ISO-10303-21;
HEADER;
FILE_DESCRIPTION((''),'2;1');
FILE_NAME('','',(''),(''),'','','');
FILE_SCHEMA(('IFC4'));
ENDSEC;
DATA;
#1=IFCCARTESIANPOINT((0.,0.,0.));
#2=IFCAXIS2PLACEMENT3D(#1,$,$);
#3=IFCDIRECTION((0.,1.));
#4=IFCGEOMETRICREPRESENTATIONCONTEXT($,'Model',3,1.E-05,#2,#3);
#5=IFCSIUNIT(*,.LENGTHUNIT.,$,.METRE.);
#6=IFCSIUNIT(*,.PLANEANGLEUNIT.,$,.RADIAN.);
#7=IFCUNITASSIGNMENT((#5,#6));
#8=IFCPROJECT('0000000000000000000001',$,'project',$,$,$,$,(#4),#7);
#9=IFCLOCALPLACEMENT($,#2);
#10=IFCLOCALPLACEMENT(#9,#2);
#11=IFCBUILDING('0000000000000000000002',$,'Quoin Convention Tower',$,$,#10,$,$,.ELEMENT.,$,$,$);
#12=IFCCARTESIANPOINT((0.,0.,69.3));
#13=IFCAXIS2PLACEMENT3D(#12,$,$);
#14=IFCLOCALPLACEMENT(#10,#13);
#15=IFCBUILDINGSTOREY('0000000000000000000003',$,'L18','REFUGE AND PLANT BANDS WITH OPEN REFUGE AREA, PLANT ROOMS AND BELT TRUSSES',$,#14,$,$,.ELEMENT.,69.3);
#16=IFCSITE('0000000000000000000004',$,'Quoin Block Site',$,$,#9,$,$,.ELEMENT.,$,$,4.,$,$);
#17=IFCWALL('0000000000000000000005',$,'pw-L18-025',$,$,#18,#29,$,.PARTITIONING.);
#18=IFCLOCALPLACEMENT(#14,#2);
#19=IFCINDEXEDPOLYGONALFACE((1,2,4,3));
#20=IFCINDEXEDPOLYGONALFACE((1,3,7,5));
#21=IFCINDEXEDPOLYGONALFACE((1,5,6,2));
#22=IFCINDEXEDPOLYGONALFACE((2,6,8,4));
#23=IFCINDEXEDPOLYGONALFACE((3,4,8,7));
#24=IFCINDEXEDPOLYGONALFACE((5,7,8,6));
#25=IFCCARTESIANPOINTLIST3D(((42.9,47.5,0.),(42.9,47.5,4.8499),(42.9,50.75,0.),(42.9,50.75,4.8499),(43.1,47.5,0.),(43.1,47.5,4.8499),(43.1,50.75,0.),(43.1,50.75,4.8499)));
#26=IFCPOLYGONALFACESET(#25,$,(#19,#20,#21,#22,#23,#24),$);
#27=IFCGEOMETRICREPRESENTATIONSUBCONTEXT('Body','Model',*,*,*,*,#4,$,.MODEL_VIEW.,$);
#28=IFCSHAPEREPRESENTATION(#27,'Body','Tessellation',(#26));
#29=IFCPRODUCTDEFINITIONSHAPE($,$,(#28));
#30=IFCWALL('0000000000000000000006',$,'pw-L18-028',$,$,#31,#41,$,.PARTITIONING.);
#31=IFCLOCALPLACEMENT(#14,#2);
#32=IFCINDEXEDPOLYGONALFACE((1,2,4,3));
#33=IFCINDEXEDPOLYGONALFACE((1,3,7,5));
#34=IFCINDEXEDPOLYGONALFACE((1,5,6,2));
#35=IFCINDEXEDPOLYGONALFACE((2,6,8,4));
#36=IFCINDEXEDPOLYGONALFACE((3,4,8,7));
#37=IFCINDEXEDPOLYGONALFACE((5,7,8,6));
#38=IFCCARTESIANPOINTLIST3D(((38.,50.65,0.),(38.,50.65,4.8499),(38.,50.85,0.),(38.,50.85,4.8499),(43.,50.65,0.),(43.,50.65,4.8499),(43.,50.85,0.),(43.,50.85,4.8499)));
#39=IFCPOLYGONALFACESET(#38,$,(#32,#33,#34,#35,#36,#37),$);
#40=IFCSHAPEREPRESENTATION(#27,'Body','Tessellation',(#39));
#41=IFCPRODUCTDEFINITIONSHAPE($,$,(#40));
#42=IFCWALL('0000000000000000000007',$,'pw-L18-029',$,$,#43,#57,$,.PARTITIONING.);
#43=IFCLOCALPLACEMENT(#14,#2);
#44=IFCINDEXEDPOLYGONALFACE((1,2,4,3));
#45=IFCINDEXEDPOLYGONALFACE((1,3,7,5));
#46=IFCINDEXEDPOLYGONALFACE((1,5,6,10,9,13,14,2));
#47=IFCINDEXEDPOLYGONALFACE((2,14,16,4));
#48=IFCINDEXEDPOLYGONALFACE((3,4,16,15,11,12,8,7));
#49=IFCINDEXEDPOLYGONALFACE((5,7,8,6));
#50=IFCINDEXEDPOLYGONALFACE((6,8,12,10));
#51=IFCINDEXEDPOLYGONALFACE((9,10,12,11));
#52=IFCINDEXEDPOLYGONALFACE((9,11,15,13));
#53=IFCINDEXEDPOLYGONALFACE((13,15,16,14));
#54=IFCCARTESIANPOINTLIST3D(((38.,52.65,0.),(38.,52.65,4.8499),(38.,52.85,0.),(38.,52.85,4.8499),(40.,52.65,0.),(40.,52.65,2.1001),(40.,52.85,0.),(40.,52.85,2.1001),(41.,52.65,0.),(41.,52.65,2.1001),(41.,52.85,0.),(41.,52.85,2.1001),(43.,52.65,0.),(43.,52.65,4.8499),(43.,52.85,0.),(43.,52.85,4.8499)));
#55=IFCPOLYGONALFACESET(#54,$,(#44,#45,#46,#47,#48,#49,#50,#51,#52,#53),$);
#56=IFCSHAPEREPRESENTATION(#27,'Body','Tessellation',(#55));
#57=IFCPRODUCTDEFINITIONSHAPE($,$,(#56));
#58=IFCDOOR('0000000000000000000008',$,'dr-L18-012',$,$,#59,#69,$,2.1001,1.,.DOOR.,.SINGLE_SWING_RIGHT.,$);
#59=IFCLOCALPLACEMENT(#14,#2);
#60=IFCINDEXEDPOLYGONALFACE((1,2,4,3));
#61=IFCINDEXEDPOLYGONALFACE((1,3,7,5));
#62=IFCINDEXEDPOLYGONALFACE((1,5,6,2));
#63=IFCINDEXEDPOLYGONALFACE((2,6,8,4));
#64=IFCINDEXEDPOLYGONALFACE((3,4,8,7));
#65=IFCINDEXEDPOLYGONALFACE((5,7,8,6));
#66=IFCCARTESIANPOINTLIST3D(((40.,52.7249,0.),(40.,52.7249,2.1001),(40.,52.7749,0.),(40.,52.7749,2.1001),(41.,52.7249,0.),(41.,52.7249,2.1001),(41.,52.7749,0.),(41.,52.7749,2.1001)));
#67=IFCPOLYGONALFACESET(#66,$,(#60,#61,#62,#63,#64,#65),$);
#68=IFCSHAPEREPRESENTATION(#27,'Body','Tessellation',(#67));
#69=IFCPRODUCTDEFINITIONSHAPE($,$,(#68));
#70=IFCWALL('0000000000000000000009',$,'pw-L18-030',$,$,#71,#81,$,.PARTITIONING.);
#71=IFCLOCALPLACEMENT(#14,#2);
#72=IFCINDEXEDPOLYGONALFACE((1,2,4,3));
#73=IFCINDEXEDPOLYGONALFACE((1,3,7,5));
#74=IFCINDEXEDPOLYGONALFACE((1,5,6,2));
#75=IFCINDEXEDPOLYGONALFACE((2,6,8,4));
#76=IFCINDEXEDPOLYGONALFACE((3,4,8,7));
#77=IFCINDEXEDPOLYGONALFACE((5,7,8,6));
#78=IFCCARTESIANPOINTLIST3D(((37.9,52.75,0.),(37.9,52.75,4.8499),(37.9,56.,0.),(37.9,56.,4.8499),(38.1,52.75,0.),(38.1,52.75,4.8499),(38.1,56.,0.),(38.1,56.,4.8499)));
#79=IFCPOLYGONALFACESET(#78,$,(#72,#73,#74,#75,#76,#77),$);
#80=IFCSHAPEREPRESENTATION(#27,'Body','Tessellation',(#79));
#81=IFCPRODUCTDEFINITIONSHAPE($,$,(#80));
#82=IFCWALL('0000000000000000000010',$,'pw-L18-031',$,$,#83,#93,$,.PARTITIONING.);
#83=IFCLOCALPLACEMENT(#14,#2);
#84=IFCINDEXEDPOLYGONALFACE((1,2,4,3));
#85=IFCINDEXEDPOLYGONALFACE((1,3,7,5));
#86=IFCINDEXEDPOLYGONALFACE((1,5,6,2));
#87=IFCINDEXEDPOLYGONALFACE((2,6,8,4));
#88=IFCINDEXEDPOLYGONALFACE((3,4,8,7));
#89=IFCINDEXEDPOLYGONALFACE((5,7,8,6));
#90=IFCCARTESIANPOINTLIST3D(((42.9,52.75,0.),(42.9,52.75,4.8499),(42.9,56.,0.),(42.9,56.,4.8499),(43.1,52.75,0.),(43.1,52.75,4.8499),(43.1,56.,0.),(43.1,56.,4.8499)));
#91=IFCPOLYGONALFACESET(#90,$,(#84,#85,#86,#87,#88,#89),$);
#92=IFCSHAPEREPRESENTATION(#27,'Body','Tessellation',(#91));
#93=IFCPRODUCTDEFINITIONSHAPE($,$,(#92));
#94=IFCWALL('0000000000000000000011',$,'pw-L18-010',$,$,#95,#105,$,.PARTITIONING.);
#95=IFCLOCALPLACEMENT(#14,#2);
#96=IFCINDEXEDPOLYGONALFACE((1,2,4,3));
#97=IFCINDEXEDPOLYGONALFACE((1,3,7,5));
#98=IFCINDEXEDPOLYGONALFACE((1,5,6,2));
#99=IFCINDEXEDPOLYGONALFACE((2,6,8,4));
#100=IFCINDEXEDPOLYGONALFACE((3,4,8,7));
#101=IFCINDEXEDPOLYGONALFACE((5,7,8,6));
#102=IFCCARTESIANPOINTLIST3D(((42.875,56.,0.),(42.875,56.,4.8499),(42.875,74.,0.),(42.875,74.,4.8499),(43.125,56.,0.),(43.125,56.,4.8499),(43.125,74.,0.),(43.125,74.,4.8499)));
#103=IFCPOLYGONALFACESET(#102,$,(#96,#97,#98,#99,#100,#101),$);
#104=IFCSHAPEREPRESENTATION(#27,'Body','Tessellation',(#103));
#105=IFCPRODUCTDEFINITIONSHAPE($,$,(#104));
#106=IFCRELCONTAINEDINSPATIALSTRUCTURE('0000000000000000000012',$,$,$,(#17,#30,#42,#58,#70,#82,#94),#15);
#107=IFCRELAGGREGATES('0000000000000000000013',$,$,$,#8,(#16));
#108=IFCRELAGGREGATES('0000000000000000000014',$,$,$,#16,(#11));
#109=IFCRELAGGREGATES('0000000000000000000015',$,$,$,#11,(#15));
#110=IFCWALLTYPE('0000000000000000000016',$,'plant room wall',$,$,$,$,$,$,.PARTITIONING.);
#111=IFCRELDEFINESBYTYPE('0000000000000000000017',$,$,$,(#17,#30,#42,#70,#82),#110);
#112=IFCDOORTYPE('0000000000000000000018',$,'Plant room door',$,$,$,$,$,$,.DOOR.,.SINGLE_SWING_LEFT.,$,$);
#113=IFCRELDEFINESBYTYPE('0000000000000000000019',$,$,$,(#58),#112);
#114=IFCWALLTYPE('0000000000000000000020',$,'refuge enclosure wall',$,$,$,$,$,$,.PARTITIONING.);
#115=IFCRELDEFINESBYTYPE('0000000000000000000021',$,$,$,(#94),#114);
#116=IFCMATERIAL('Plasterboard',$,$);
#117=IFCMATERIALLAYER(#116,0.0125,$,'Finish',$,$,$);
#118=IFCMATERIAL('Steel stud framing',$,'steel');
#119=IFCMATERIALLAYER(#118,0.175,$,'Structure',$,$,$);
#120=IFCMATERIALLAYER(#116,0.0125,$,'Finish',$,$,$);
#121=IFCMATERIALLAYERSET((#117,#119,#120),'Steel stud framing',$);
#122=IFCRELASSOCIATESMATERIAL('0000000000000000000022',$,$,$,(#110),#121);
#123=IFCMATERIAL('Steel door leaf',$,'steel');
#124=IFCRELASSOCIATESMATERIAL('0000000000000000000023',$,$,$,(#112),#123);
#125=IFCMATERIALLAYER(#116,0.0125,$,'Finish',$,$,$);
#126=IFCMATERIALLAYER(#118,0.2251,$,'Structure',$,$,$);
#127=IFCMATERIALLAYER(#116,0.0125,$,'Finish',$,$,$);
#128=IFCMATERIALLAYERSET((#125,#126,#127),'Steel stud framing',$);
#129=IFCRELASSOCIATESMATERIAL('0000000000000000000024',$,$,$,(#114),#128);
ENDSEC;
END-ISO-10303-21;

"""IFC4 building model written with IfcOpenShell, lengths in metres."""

from ifc_helpers import new_model, si_unit, direction, frame, frame_2d, origin, place, context, subcontext, project, spatial, rectangle, extrude, material, layer, layer_set, type_object, element, fill, save


model = new_model("IFC4")

# Units and contexts
model_context = context("Model", 3, precision=1e-05, world=origin(), true_north=direction((0.0, 1.0)))
body_context = subcontext(model_context, "Body", "Model", "MODEL_VIEW")
ifc_project = project(units=[si_unit("LENGTHUNIT", "METRE"), si_unit("PLANEANGLEUNIT", "RADIAN")], contexts=[model_context])

# Site, building, storey
site_placement = place(None, origin())
site = spatial("IfcSite", under=ifc_project, at=site_placement, Name="Quoin Block Site", CompositionType="ELEMENT", RefElevation=4.0)
building_placement = place(site_placement, origin())
building = spatial("IfcBuilding", under=site, at=building_placement, Name="Quoin Convention Tower", CompositionType="ELEMENT")
storey_placement = place(building_placement, frame((0.0, 0.0, 69.3)))
storey = spatial("IfcBuildingStorey", under=building, at=storey_placement, Name="L18", Description="REFUGE AND PLANT BANDS WITH OPEN REFUGE AREA, PLANT ROOMS AND BELT TRUSSES", CompositionType="ELEMENT", Elevation=69.3)

# Shared definitions
ifc_material_1 = material(Name="Steel door leaf", Category="steel")

# Walls
ifc_material_2 = material(Name="Plasterboard")
ifc_layer_1 = layer(ifc_material_2, 0.0125, Name="Finish")
ifc_material_3 = material(Name="Steel stud framing", Category="steel")
ifc_layer_2 = layer(ifc_material_3, 0.175, Name="Structure")
ifc_layer_3 = layer(ifc_material_2, 0.0125, Name="Finish")
ifc_layer_set_1 = layer_set([ifc_layer_1, ifc_layer_2, ifc_layer_3], Name="Steel stud framing")
wall_type_1 = type_object("IfcWallType", Name="plant room wall", PredefinedType="PARTITIONING", material=ifc_layer_set_1)
for number, where, z_axis, x_axis, name in (
    (1, (43.0, 47.5, 0.0), (0.0, 0.0, 1.0), (0.0, 1.0, 0.0), "pw-L18-025"),
):
    element("IfcWall", number, at=place(storey_placement, frame(where, z_axis=z_axis, x_axis=x_axis)), inside=storey, type_object=wall_type_1, Name=name, PredefinedType="PARTITIONING", context=body_context, shape_type="SweptSolid", body=[
        extrude(rectangle(XDim=3.25, YDim=0.2, at=frame_2d((1.625, 0.0))), origin(), (0.0, 0.0, 1.0), 4.8499),
    ])
wall_1_placement = place(storey_placement, frame((38.0, 50.75, 0.0), z_axis=(0.0, 0.0, 1.0), x_axis=(1.0, 0.0, 0.0)))
element("IfcWall", 2, at=wall_1_placement, inside=storey, type_object=wall_type_1, Name="pw-L18-028", PredefinedType="PARTITIONING", context=body_context, shape_type="SweptSolid", body=[
    extrude(rectangle(XDim=5.0, YDim=0.2, at=frame_2d((2.5, 0.0))), origin(), (0.0, 0.0, 1.0), 4.8499),
])

# Wall, opening, door
wall_2_placement = place(storey_placement, frame((38.0, 52.75, 0.0), z_axis=(0.0, 0.0, 1.0), x_axis=(1.0, 0.0, 0.0)))
wall_2 = element("IfcWall", 3, at=wall_2_placement, inside=storey, type_object=wall_type_1, Name="pw-L18-029", PredefinedType="PARTITIONING", context=body_context, shape_type="SweptSolid", body=[
    extrude(rectangle(XDim=5.0, YDim=0.2, at=frame_2d((2.5, 0.0))), origin(), (0.0, 0.0, 1.0), 4.8499),
])
opening_1_placement = place(wall_2_placement, frame((2.0, 0.0, 0.0)))
opening_1 = element("IfcOpeningElement", 4, at=opening_1_placement, cuts=wall_2, PredefinedType="OPENING", context=body_context, shape_type="SweptSolid", body=[
    extrude(rectangle(XDim=1.0, YDim=2.1001, at=frame_2d((0.5, 1.05))), frame((0.0, 0.1099, 0.0), z_axis=(0.0, -1.0, 0.0), x_axis=(1.0, 0.0, 0.0)), (0.0, 0.0, 1.0), 0.22),
])
door_type_1 = type_object("IfcDoorType", Name="Plant room door", OperationType="SINGLE_SWING_LEFT", PredefinedType="DOOR", material=ifc_material_1)
door_1_placement = place(opening_1_placement, origin())
door_1 = element("IfcDoor", 5, at=door_1_placement, inside=storey, type_object=door_type_1, Name="dr-L18-012", OperationType="SINGLE_SWING_RIGHT", OverallHeight=2.1001, OverallWidth=1.0, PredefinedType="DOOR", context=body_context, shape_type="SweptSolid", body=[
    extrude(rectangle(XDim=1.0, YDim=2.1001, at=frame_2d((0.5, 1.05))), frame((0.0, 0.0249, 0.0), z_axis=(0.0, -1.0, 0.0), x_axis=(1.0, 0.0, 0.0)), (0.0, 0.0, 1.0), 0.05),
])
fill(opening_1, door_1)

# Walls
for number, where, z_axis, x_axis, name in (
    (6, (38.0, 52.75, 0.0), (0.0, 0.0, 1.0), (0.0, 1.0, 0.0), "pw-L18-030"),
    (7, (43.0, 52.75, 0.0), (0.0, 0.0, 1.0), (0.0, 1.0, 0.0), "pw-L18-031"),
):
    element("IfcWall", number, at=place(storey_placement, frame(where, z_axis=z_axis, x_axis=x_axis)), inside=storey, type_object=wall_type_1, Name=name, PredefinedType="PARTITIONING", context=body_context, shape_type="SweptSolid", body=[
        extrude(rectangle(XDim=3.25, YDim=0.2, at=frame_2d((1.625, 0.0))), origin(), (0.0, 0.0, 1.0), 4.8499),
    ])
ifc_layer_4 = layer(ifc_material_2, 0.0125, Name="Finish")
ifc_layer_5 = layer(ifc_material_3, 0.2251, Name="Structure")
ifc_layer_6 = layer(ifc_material_2, 0.0125, Name="Finish")
ifc_layer_set_2 = layer_set([ifc_layer_4, ifc_layer_5, ifc_layer_6], Name="Steel stud framing")
wall_type_2 = type_object("IfcWallType", Name="refuge enclosure wall", PredefinedType="PARTITIONING", material=ifc_layer_set_2)
wall_3_placement = place(storey_placement, frame((43.0, 56.0, 0.0), z_axis=(0.0, 0.0, 1.0), x_axis=(0.0, 1.0, 0.0)))
element("IfcWall", 8, at=wall_3_placement, inside=storey, type_object=wall_type_2, Name="pw-L18-010", PredefinedType="PARTITIONING", context=body_context, shape_type="SweptSolid", body=[
    extrude(rectangle(XDim=18.0, YDim=0.25, at=frame_2d((9.0, 0.0))), origin(), (0.0, 0.0, 1.0), 4.8499),
])

save(model, "model.ifc")
